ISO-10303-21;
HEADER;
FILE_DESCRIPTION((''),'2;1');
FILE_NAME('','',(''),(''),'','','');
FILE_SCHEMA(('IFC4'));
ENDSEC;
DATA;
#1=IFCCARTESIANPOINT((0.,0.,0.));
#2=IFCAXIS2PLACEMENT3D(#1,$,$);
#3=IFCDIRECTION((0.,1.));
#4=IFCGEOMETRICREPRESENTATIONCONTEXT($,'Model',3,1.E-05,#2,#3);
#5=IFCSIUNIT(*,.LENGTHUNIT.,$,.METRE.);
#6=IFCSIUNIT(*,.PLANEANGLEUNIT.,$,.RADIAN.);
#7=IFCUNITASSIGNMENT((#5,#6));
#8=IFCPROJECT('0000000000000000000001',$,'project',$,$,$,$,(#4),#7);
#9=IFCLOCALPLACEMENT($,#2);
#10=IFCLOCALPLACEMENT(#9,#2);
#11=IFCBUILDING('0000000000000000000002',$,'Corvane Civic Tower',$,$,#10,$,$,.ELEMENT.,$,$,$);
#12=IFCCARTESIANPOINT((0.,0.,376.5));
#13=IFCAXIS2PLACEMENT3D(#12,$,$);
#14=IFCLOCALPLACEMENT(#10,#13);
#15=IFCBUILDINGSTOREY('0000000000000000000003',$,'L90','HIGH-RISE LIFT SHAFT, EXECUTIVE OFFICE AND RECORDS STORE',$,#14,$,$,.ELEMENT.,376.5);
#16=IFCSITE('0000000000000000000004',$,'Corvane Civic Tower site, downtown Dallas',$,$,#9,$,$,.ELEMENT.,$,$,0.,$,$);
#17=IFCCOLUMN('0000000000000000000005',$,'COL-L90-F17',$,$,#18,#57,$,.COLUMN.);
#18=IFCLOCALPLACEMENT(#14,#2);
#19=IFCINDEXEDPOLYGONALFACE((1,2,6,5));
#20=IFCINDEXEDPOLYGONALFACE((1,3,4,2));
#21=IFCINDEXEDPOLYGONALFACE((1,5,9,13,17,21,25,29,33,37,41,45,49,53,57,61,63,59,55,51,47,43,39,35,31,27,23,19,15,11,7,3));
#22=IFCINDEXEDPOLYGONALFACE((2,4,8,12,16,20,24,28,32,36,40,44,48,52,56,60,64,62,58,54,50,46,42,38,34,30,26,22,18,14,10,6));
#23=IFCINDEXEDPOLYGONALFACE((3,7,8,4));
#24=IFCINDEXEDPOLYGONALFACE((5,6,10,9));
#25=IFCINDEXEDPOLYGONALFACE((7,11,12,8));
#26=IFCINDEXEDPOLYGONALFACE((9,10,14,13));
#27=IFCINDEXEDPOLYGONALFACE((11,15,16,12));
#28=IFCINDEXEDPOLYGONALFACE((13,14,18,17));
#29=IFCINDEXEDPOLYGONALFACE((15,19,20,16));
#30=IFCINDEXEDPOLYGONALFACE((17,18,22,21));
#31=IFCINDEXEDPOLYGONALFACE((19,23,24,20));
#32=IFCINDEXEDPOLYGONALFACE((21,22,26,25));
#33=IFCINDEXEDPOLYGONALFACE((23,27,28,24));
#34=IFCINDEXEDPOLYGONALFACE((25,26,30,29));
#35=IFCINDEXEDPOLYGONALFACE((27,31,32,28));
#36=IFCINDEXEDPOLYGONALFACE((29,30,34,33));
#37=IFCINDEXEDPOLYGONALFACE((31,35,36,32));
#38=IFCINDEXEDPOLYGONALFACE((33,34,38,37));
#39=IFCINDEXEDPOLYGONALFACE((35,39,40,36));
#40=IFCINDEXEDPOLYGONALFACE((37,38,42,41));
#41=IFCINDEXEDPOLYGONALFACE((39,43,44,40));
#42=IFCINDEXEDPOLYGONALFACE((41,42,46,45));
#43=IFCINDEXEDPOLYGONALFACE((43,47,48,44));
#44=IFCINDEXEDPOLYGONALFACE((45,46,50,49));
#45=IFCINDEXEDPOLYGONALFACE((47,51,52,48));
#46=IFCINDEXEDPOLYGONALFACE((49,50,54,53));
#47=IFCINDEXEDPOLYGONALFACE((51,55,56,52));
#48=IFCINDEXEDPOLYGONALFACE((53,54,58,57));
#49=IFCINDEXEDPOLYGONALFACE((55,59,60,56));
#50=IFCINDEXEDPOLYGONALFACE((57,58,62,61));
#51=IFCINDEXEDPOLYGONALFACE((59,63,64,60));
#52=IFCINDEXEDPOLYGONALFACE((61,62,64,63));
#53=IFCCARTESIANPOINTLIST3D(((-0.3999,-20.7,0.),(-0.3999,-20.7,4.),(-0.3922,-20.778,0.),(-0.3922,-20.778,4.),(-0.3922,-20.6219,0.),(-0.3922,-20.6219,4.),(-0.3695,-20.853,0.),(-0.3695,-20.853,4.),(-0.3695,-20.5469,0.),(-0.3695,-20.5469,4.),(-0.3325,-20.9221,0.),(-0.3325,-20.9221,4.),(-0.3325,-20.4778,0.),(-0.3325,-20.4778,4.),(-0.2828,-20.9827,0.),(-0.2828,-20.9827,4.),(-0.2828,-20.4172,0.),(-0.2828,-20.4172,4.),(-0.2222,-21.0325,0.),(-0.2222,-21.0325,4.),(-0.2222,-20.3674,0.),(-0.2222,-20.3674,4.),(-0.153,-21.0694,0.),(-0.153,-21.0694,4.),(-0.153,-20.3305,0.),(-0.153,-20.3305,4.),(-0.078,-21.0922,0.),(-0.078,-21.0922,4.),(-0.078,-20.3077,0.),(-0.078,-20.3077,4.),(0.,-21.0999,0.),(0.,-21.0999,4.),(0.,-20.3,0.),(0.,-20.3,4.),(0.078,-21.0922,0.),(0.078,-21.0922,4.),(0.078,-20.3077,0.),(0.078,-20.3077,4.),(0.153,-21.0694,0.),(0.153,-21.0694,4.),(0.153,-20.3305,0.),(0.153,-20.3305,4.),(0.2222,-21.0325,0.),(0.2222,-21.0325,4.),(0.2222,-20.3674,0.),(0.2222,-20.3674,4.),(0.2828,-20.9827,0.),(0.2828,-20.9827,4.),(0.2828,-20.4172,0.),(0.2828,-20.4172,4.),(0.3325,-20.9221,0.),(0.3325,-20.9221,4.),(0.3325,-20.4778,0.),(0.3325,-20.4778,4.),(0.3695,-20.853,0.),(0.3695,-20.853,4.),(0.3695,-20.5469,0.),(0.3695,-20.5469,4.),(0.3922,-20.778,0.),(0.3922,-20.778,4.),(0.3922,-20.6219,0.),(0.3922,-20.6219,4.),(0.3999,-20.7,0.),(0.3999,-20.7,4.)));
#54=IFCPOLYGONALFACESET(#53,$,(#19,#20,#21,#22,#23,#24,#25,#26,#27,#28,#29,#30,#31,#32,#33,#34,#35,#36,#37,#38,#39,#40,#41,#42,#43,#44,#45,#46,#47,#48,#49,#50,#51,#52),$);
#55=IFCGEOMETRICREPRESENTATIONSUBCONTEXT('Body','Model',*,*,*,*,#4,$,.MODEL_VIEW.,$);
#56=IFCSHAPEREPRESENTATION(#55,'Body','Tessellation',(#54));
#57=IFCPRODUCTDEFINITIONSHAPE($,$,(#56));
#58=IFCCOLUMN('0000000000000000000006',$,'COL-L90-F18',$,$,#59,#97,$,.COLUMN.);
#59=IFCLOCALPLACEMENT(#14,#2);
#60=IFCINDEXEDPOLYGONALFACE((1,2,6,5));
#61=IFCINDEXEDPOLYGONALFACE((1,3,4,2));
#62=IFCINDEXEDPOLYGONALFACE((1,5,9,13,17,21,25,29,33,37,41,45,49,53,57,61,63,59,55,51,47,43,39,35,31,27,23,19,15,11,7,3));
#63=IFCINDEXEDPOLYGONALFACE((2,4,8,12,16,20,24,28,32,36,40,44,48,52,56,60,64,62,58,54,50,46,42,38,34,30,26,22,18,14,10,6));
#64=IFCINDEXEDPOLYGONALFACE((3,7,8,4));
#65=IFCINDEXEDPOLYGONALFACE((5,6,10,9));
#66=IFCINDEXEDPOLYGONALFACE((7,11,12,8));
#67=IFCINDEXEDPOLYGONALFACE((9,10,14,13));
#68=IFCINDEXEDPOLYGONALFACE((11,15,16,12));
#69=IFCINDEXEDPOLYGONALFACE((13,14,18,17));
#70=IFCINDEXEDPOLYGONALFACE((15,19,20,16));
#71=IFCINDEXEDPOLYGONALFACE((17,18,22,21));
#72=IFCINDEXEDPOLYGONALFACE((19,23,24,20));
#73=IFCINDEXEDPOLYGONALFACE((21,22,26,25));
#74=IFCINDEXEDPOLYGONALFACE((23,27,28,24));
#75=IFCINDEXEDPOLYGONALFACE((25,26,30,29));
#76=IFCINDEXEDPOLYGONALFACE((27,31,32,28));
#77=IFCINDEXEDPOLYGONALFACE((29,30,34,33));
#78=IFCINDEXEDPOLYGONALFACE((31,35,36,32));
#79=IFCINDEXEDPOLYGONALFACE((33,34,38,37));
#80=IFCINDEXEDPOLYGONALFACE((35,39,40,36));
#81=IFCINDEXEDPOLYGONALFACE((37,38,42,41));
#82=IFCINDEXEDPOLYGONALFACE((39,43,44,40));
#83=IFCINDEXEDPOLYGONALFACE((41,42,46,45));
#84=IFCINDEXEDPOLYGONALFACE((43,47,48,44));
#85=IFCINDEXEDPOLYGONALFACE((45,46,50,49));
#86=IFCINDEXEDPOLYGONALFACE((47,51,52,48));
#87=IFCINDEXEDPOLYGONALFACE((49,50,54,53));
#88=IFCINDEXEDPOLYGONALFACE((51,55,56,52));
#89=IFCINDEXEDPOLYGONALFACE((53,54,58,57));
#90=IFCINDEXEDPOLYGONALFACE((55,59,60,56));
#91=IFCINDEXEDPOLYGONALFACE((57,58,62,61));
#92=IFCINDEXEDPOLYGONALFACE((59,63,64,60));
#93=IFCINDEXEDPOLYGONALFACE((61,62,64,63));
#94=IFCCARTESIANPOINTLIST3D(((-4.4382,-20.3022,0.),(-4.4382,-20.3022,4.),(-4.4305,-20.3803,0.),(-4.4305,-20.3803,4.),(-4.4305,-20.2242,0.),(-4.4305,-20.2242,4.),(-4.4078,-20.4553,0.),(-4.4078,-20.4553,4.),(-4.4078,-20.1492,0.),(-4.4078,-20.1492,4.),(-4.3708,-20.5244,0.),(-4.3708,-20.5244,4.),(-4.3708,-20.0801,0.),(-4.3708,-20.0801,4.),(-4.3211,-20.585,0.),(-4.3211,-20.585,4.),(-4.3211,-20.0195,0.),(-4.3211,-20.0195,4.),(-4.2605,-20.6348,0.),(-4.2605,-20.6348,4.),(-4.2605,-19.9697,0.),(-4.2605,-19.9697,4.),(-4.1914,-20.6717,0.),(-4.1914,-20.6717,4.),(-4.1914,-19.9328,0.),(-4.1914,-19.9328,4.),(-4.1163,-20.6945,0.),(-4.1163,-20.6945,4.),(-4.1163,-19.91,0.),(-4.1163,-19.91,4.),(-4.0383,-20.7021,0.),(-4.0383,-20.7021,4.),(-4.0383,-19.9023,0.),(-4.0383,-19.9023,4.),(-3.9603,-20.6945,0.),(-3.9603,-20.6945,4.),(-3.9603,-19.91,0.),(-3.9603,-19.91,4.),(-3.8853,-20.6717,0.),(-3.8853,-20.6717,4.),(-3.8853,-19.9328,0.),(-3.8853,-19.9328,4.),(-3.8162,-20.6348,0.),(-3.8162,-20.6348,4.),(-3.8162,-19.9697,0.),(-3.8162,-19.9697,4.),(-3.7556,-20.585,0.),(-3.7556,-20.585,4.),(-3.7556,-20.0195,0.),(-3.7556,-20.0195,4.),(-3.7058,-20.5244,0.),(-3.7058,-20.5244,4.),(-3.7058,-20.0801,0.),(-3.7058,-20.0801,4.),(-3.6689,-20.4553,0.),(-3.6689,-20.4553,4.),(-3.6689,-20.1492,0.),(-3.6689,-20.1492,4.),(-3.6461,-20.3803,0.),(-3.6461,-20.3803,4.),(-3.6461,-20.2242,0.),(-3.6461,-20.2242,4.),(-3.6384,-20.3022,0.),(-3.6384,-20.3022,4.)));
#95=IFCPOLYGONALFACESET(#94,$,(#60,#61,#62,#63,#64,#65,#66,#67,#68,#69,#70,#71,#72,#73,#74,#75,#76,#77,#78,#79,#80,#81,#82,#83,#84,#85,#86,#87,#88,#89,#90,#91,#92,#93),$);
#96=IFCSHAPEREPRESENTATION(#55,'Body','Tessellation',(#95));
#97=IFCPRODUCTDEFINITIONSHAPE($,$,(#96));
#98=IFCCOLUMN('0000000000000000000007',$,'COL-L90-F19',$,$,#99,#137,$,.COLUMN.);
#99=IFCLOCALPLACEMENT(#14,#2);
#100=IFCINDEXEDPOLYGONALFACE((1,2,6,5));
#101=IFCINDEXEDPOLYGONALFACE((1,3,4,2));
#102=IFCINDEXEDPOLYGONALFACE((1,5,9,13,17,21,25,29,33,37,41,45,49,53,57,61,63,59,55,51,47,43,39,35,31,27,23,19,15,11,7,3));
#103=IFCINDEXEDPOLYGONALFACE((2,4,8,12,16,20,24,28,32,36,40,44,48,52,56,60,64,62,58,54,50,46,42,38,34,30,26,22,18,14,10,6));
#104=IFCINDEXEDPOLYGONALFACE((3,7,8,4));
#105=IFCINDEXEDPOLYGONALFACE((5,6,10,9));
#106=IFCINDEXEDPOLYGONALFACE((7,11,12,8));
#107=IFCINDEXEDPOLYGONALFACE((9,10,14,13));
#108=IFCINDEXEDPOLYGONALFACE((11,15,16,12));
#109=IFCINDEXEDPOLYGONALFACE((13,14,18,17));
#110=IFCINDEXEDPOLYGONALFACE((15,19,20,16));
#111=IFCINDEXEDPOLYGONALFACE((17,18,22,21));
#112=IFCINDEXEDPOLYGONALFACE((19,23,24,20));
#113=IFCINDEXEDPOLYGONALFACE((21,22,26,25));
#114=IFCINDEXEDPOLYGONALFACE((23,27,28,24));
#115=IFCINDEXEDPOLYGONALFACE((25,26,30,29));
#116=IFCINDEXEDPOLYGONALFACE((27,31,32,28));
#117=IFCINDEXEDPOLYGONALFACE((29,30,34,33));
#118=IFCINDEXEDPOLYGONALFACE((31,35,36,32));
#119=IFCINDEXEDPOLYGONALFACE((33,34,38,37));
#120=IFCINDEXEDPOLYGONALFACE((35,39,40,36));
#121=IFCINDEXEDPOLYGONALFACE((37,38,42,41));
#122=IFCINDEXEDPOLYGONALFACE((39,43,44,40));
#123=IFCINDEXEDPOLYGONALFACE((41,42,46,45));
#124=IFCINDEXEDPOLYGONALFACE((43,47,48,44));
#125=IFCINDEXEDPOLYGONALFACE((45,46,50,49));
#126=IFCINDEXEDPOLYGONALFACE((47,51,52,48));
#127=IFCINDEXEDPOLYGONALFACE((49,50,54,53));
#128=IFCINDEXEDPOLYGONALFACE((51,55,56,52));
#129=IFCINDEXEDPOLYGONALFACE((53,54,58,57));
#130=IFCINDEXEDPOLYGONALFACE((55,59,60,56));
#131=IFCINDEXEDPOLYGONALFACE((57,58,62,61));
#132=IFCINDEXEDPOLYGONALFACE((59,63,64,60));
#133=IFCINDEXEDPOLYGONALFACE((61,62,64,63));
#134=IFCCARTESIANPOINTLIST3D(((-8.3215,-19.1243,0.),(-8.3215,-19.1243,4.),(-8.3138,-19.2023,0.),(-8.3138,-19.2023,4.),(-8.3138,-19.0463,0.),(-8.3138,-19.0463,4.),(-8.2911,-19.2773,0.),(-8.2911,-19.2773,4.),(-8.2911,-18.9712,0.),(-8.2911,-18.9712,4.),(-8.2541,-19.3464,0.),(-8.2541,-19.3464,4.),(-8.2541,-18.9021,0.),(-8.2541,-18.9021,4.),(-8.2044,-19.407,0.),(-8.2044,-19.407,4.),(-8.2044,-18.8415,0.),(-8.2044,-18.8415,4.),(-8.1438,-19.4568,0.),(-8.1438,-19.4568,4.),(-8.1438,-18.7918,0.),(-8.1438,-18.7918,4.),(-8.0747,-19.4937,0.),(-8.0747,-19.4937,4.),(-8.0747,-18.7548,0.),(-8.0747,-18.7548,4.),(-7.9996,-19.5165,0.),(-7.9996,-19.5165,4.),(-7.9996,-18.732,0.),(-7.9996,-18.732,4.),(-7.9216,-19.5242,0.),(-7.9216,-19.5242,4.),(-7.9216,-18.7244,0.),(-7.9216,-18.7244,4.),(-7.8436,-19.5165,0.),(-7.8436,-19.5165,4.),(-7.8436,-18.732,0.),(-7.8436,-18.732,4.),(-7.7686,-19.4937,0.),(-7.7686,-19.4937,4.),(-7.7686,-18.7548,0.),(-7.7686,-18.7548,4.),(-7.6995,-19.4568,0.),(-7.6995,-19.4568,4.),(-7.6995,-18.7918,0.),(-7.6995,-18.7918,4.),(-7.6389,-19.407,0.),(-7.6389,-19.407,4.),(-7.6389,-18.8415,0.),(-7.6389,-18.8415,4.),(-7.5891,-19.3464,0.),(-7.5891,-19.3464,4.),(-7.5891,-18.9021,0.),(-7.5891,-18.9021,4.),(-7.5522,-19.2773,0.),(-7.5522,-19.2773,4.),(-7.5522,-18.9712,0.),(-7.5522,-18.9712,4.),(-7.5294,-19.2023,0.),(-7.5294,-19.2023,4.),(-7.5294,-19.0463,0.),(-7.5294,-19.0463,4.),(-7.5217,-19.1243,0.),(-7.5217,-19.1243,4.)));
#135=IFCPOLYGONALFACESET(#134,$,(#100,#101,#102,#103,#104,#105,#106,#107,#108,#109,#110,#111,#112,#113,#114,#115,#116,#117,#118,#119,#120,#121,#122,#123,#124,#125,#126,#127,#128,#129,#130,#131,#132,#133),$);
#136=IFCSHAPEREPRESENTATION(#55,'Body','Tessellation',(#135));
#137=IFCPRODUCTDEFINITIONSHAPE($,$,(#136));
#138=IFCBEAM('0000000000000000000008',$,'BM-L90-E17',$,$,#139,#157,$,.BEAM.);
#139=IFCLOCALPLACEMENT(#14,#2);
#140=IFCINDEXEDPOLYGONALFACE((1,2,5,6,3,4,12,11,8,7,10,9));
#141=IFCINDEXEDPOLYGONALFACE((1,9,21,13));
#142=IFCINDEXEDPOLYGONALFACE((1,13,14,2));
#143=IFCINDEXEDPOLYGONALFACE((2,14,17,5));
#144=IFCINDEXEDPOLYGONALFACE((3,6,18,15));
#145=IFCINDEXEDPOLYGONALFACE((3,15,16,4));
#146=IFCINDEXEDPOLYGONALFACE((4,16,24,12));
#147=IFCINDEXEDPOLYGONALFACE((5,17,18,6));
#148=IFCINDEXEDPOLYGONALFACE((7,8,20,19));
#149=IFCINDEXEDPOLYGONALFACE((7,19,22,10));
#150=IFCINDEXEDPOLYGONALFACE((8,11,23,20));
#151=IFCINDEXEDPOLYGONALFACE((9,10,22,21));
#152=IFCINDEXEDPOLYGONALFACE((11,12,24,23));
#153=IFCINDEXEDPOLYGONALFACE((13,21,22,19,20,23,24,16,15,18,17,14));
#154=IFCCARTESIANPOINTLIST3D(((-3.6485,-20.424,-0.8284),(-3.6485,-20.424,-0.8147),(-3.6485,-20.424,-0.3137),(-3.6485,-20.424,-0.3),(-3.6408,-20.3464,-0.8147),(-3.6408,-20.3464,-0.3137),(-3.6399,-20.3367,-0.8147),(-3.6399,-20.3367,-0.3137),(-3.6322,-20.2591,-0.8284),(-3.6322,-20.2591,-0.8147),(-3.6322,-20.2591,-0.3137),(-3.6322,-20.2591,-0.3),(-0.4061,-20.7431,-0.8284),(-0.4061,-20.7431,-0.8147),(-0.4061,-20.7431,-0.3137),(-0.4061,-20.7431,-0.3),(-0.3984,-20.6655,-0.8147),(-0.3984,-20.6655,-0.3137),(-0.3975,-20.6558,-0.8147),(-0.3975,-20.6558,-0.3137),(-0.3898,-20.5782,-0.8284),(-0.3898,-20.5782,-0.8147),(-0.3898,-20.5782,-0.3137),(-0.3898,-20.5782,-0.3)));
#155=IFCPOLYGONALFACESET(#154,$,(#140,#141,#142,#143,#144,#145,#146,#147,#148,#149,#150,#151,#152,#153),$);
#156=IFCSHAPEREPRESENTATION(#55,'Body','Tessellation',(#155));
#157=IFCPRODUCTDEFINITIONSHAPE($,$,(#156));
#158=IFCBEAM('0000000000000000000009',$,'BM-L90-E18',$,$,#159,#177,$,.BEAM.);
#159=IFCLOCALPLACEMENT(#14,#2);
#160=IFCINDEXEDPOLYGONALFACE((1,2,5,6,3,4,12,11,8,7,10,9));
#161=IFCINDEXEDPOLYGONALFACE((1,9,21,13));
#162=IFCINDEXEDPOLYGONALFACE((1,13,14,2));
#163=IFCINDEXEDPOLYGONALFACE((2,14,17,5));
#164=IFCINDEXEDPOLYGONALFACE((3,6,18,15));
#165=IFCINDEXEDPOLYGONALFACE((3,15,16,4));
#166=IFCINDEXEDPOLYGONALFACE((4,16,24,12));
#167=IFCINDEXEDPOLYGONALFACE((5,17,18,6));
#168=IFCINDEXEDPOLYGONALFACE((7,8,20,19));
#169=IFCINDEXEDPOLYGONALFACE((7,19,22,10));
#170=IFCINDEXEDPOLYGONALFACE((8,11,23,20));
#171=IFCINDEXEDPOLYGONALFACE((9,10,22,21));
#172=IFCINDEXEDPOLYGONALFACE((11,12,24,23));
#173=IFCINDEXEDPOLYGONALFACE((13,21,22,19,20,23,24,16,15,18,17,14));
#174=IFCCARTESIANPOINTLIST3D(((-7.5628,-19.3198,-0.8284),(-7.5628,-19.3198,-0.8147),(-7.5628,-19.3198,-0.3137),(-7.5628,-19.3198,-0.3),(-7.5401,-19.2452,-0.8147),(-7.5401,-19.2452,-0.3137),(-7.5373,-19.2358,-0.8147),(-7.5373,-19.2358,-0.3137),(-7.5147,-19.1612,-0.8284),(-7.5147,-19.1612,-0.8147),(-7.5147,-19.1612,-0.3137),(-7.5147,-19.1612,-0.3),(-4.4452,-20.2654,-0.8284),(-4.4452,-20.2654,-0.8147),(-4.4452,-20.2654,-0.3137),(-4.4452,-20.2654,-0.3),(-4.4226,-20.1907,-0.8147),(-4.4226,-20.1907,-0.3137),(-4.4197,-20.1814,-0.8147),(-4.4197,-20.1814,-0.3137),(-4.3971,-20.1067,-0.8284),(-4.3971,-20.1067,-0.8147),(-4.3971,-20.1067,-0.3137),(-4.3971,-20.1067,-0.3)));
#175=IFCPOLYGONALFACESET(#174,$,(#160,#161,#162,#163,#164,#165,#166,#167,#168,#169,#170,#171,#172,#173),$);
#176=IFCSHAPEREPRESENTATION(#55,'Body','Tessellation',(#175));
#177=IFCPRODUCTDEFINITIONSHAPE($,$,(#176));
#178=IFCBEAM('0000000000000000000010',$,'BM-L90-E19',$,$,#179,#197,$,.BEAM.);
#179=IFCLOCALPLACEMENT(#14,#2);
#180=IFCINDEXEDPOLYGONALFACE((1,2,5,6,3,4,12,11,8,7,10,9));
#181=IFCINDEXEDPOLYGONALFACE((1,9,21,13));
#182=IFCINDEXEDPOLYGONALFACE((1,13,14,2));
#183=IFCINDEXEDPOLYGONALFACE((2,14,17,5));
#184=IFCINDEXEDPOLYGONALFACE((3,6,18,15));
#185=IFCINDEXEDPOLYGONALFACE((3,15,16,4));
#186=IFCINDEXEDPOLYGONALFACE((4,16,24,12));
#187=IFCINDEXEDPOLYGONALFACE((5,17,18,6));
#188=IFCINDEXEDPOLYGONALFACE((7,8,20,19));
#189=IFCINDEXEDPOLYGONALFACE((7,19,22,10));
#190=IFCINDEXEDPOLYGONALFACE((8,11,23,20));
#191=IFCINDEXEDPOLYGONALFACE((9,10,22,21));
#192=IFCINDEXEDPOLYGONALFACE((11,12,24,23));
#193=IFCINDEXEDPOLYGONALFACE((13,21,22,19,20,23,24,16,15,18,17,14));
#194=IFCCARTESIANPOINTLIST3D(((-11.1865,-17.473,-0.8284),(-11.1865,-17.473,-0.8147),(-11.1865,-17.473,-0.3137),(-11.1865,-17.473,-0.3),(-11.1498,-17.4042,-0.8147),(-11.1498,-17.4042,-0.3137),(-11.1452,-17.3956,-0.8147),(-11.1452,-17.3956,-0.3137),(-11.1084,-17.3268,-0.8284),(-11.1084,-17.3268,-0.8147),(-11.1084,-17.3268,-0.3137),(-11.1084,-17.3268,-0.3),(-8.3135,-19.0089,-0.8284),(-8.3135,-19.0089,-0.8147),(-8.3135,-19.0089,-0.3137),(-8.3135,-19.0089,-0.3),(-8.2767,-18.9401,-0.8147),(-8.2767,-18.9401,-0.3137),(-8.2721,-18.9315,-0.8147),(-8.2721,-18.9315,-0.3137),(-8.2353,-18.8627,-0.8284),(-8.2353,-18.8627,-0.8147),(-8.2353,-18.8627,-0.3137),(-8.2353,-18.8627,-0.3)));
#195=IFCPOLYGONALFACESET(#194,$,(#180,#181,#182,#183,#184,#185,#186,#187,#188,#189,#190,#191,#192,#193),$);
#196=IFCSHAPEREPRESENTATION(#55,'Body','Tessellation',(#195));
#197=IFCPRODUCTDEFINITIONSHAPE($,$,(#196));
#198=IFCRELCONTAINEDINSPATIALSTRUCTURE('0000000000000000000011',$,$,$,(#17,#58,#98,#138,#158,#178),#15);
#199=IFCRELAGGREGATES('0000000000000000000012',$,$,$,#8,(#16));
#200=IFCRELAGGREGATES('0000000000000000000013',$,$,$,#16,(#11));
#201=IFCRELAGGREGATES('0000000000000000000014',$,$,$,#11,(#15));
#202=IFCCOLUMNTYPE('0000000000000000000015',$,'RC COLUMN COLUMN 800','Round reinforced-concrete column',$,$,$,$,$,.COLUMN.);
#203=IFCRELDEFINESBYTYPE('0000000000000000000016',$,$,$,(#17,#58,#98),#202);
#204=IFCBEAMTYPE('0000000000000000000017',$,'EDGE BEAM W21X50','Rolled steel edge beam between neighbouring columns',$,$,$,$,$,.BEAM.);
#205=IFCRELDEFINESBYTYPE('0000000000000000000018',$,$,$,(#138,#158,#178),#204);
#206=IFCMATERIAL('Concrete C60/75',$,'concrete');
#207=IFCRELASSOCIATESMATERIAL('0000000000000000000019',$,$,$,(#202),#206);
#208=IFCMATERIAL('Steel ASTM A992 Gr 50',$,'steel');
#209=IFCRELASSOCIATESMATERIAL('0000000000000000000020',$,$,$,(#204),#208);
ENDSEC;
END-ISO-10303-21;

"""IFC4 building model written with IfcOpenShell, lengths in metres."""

from ifc_helpers import new_model, si_unit, direction, frame, origin, origin_2d, place, context, subcontext, project, spatial, circle, i_section, extrude, material, material_profile, profile_set, type_object, element, save


model = new_model("IFC4")

# Units and contexts
model_context = context("Model", 3, precision=1e-05, world=origin(), true_north=direction((0.0, 1.0)))
body_context = subcontext(model_context, "Body", "Model", "MODEL_VIEW")
ifc_project = project(units=[si_unit("LENGTHUNIT", "METRE"), si_unit("PLANEANGLEUNIT", "RADIAN")], contexts=[model_context])

# Site, building, storey
site_placement = place(None, origin())
site = spatial("IfcSite", under=ifc_project, at=site_placement, Name="Corvane Civic Tower site, downtown Dallas", CompositionType="ELEMENT", RefElevation=0.0)
building_placement = place(site_placement, origin())
building = spatial("IfcBuilding", under=site, at=building_placement, Name="Corvane Civic Tower", CompositionType="ELEMENT")
storey_placement = place(building_placement, frame((0.0, 0.0, 376.5)))
storey = spatial("IfcBuildingStorey", under=building, at=storey_placement, Name="L90", Description="HIGH-RISE LIFT SHAFT, EXECUTIVE OFFICE AND RECORDS STORE", CompositionType="ELEMENT", Elevation=376.5)

# Columns
ifc_material_1 = material(Name="Concrete C60/75", Category="concrete")
ifc_material_profile_1 = material_profile(ifc_material_1, circle(Radius=0.3999, at=origin_2d()), Name="COLUMN 800")
ifc_profile_set_1 = profile_set([ifc_material_profile_1], Name="Concrete C60/75")
column_type = type_object("IfcColumnType", Name="RC COLUMN COLUMN 800", Description="Round reinforced-concrete column", PredefinedType="COLUMN", material=ifc_profile_set_1)
for number, where, z_axis, x_axis, name in (
    (1, (0.0, -20.7, 0.0), (0.0, 0.0, 1.0), (1.0, 0.0, 0.0), "COL-L90-F17"),
    (2, (-4.0383, -20.3022, 0.0), (0.0, 0.0, 1.0), (1.0, 0.0, 0.0), "COL-L90-F18"),
    (3, (-7.9216, -19.1243, 0.0), (0.0, 0.0, 1.0), (1.0, 0.0, 0.0), "COL-L90-F19"),
):
    element("IfcColumn", number, at=place(storey_placement, frame(where, z_axis=z_axis, x_axis=x_axis)), inside=storey, type_object=column_type, Name=name, PredefinedType="COLUMN", context=body_context, shape_type="SweptSolid", body=[
        extrude(circle(Radius=0.3999, at=origin_2d()), origin(), (0.0, 0.0, 1.0), 4.0),
    ])

# Beams
ifc_material_2 = material(Name="Steel ASTM A992 Gr 50", Category="steel")
ifc_material_profile_2 = material_profile(ifc_material_2, i_section(OverallWidth=0.1658, OverallDepth=0.5283, WebThickness=0.0098, FlangeThickness=0.0137, at=origin_2d()), Name="W21X50")
ifc_profile_set_2 = profile_set([ifc_material_profile_2], Name="Steel ASTM A992 Gr 50")
beam_type_1 = type_object("IfcBeamType", Name="EDGE BEAM W21X50", Description="Rolled steel edge beam between neighbouring columns", PredefinedType="BEAM", material=ifc_profile_set_2)
beam_1_placement = place(storey_placement, frame((-0.3979, -20.6606, -0.5642), z_axis=(-0.995193, 0.097938, 0.0), x_axis=(-0.097938, -0.995193, 0.0)))
element("IfcBeam", 4, at=beam_1_placement, inside=storey, type_object=beam_type_1, Name="BM-L90-E17", PredefinedType="BEAM", context=body_context, shape_type="SweptSolid", body=[
    extrude(i_section(OverallWidth=0.1658, OverallDepth=0.5283, WebThickness=0.0098, FlangeThickness=0.0137, at=origin_2d()), origin(), (0.0, 0.0, 1.0), 3.2581),
])
for number, where, z_axis, x_axis, name in (
    (5, (-4.4211, -20.186, -0.5642), (-0.956956, 0.290234, 0.0), (-0.290234, -0.956956, 0.0), "BM-L90-E18"),
    (6, (-8.2744, -18.9358, -0.5642), (-0.881894, 0.471448, 0.0), (-0.471448, -0.881894, 0.0), "BM-L90-E19"),
):
    element("IfcBeam", number, at=place(storey_placement, frame(where, z_axis=z_axis, x_axis=x_axis)), inside=storey, type_object=beam_type_1, Name=name, PredefinedType="BEAM", context=body_context, shape_type="SweptSolid", body=[
        extrude(i_section(OverallWidth=0.1658, OverallDepth=0.5283, WebThickness=0.0098, FlangeThickness=0.0137, at=origin_2d()), origin(), (0.0, 0.0, 1.0), 3.2578),
    ])

save(model, "model.ifc")
